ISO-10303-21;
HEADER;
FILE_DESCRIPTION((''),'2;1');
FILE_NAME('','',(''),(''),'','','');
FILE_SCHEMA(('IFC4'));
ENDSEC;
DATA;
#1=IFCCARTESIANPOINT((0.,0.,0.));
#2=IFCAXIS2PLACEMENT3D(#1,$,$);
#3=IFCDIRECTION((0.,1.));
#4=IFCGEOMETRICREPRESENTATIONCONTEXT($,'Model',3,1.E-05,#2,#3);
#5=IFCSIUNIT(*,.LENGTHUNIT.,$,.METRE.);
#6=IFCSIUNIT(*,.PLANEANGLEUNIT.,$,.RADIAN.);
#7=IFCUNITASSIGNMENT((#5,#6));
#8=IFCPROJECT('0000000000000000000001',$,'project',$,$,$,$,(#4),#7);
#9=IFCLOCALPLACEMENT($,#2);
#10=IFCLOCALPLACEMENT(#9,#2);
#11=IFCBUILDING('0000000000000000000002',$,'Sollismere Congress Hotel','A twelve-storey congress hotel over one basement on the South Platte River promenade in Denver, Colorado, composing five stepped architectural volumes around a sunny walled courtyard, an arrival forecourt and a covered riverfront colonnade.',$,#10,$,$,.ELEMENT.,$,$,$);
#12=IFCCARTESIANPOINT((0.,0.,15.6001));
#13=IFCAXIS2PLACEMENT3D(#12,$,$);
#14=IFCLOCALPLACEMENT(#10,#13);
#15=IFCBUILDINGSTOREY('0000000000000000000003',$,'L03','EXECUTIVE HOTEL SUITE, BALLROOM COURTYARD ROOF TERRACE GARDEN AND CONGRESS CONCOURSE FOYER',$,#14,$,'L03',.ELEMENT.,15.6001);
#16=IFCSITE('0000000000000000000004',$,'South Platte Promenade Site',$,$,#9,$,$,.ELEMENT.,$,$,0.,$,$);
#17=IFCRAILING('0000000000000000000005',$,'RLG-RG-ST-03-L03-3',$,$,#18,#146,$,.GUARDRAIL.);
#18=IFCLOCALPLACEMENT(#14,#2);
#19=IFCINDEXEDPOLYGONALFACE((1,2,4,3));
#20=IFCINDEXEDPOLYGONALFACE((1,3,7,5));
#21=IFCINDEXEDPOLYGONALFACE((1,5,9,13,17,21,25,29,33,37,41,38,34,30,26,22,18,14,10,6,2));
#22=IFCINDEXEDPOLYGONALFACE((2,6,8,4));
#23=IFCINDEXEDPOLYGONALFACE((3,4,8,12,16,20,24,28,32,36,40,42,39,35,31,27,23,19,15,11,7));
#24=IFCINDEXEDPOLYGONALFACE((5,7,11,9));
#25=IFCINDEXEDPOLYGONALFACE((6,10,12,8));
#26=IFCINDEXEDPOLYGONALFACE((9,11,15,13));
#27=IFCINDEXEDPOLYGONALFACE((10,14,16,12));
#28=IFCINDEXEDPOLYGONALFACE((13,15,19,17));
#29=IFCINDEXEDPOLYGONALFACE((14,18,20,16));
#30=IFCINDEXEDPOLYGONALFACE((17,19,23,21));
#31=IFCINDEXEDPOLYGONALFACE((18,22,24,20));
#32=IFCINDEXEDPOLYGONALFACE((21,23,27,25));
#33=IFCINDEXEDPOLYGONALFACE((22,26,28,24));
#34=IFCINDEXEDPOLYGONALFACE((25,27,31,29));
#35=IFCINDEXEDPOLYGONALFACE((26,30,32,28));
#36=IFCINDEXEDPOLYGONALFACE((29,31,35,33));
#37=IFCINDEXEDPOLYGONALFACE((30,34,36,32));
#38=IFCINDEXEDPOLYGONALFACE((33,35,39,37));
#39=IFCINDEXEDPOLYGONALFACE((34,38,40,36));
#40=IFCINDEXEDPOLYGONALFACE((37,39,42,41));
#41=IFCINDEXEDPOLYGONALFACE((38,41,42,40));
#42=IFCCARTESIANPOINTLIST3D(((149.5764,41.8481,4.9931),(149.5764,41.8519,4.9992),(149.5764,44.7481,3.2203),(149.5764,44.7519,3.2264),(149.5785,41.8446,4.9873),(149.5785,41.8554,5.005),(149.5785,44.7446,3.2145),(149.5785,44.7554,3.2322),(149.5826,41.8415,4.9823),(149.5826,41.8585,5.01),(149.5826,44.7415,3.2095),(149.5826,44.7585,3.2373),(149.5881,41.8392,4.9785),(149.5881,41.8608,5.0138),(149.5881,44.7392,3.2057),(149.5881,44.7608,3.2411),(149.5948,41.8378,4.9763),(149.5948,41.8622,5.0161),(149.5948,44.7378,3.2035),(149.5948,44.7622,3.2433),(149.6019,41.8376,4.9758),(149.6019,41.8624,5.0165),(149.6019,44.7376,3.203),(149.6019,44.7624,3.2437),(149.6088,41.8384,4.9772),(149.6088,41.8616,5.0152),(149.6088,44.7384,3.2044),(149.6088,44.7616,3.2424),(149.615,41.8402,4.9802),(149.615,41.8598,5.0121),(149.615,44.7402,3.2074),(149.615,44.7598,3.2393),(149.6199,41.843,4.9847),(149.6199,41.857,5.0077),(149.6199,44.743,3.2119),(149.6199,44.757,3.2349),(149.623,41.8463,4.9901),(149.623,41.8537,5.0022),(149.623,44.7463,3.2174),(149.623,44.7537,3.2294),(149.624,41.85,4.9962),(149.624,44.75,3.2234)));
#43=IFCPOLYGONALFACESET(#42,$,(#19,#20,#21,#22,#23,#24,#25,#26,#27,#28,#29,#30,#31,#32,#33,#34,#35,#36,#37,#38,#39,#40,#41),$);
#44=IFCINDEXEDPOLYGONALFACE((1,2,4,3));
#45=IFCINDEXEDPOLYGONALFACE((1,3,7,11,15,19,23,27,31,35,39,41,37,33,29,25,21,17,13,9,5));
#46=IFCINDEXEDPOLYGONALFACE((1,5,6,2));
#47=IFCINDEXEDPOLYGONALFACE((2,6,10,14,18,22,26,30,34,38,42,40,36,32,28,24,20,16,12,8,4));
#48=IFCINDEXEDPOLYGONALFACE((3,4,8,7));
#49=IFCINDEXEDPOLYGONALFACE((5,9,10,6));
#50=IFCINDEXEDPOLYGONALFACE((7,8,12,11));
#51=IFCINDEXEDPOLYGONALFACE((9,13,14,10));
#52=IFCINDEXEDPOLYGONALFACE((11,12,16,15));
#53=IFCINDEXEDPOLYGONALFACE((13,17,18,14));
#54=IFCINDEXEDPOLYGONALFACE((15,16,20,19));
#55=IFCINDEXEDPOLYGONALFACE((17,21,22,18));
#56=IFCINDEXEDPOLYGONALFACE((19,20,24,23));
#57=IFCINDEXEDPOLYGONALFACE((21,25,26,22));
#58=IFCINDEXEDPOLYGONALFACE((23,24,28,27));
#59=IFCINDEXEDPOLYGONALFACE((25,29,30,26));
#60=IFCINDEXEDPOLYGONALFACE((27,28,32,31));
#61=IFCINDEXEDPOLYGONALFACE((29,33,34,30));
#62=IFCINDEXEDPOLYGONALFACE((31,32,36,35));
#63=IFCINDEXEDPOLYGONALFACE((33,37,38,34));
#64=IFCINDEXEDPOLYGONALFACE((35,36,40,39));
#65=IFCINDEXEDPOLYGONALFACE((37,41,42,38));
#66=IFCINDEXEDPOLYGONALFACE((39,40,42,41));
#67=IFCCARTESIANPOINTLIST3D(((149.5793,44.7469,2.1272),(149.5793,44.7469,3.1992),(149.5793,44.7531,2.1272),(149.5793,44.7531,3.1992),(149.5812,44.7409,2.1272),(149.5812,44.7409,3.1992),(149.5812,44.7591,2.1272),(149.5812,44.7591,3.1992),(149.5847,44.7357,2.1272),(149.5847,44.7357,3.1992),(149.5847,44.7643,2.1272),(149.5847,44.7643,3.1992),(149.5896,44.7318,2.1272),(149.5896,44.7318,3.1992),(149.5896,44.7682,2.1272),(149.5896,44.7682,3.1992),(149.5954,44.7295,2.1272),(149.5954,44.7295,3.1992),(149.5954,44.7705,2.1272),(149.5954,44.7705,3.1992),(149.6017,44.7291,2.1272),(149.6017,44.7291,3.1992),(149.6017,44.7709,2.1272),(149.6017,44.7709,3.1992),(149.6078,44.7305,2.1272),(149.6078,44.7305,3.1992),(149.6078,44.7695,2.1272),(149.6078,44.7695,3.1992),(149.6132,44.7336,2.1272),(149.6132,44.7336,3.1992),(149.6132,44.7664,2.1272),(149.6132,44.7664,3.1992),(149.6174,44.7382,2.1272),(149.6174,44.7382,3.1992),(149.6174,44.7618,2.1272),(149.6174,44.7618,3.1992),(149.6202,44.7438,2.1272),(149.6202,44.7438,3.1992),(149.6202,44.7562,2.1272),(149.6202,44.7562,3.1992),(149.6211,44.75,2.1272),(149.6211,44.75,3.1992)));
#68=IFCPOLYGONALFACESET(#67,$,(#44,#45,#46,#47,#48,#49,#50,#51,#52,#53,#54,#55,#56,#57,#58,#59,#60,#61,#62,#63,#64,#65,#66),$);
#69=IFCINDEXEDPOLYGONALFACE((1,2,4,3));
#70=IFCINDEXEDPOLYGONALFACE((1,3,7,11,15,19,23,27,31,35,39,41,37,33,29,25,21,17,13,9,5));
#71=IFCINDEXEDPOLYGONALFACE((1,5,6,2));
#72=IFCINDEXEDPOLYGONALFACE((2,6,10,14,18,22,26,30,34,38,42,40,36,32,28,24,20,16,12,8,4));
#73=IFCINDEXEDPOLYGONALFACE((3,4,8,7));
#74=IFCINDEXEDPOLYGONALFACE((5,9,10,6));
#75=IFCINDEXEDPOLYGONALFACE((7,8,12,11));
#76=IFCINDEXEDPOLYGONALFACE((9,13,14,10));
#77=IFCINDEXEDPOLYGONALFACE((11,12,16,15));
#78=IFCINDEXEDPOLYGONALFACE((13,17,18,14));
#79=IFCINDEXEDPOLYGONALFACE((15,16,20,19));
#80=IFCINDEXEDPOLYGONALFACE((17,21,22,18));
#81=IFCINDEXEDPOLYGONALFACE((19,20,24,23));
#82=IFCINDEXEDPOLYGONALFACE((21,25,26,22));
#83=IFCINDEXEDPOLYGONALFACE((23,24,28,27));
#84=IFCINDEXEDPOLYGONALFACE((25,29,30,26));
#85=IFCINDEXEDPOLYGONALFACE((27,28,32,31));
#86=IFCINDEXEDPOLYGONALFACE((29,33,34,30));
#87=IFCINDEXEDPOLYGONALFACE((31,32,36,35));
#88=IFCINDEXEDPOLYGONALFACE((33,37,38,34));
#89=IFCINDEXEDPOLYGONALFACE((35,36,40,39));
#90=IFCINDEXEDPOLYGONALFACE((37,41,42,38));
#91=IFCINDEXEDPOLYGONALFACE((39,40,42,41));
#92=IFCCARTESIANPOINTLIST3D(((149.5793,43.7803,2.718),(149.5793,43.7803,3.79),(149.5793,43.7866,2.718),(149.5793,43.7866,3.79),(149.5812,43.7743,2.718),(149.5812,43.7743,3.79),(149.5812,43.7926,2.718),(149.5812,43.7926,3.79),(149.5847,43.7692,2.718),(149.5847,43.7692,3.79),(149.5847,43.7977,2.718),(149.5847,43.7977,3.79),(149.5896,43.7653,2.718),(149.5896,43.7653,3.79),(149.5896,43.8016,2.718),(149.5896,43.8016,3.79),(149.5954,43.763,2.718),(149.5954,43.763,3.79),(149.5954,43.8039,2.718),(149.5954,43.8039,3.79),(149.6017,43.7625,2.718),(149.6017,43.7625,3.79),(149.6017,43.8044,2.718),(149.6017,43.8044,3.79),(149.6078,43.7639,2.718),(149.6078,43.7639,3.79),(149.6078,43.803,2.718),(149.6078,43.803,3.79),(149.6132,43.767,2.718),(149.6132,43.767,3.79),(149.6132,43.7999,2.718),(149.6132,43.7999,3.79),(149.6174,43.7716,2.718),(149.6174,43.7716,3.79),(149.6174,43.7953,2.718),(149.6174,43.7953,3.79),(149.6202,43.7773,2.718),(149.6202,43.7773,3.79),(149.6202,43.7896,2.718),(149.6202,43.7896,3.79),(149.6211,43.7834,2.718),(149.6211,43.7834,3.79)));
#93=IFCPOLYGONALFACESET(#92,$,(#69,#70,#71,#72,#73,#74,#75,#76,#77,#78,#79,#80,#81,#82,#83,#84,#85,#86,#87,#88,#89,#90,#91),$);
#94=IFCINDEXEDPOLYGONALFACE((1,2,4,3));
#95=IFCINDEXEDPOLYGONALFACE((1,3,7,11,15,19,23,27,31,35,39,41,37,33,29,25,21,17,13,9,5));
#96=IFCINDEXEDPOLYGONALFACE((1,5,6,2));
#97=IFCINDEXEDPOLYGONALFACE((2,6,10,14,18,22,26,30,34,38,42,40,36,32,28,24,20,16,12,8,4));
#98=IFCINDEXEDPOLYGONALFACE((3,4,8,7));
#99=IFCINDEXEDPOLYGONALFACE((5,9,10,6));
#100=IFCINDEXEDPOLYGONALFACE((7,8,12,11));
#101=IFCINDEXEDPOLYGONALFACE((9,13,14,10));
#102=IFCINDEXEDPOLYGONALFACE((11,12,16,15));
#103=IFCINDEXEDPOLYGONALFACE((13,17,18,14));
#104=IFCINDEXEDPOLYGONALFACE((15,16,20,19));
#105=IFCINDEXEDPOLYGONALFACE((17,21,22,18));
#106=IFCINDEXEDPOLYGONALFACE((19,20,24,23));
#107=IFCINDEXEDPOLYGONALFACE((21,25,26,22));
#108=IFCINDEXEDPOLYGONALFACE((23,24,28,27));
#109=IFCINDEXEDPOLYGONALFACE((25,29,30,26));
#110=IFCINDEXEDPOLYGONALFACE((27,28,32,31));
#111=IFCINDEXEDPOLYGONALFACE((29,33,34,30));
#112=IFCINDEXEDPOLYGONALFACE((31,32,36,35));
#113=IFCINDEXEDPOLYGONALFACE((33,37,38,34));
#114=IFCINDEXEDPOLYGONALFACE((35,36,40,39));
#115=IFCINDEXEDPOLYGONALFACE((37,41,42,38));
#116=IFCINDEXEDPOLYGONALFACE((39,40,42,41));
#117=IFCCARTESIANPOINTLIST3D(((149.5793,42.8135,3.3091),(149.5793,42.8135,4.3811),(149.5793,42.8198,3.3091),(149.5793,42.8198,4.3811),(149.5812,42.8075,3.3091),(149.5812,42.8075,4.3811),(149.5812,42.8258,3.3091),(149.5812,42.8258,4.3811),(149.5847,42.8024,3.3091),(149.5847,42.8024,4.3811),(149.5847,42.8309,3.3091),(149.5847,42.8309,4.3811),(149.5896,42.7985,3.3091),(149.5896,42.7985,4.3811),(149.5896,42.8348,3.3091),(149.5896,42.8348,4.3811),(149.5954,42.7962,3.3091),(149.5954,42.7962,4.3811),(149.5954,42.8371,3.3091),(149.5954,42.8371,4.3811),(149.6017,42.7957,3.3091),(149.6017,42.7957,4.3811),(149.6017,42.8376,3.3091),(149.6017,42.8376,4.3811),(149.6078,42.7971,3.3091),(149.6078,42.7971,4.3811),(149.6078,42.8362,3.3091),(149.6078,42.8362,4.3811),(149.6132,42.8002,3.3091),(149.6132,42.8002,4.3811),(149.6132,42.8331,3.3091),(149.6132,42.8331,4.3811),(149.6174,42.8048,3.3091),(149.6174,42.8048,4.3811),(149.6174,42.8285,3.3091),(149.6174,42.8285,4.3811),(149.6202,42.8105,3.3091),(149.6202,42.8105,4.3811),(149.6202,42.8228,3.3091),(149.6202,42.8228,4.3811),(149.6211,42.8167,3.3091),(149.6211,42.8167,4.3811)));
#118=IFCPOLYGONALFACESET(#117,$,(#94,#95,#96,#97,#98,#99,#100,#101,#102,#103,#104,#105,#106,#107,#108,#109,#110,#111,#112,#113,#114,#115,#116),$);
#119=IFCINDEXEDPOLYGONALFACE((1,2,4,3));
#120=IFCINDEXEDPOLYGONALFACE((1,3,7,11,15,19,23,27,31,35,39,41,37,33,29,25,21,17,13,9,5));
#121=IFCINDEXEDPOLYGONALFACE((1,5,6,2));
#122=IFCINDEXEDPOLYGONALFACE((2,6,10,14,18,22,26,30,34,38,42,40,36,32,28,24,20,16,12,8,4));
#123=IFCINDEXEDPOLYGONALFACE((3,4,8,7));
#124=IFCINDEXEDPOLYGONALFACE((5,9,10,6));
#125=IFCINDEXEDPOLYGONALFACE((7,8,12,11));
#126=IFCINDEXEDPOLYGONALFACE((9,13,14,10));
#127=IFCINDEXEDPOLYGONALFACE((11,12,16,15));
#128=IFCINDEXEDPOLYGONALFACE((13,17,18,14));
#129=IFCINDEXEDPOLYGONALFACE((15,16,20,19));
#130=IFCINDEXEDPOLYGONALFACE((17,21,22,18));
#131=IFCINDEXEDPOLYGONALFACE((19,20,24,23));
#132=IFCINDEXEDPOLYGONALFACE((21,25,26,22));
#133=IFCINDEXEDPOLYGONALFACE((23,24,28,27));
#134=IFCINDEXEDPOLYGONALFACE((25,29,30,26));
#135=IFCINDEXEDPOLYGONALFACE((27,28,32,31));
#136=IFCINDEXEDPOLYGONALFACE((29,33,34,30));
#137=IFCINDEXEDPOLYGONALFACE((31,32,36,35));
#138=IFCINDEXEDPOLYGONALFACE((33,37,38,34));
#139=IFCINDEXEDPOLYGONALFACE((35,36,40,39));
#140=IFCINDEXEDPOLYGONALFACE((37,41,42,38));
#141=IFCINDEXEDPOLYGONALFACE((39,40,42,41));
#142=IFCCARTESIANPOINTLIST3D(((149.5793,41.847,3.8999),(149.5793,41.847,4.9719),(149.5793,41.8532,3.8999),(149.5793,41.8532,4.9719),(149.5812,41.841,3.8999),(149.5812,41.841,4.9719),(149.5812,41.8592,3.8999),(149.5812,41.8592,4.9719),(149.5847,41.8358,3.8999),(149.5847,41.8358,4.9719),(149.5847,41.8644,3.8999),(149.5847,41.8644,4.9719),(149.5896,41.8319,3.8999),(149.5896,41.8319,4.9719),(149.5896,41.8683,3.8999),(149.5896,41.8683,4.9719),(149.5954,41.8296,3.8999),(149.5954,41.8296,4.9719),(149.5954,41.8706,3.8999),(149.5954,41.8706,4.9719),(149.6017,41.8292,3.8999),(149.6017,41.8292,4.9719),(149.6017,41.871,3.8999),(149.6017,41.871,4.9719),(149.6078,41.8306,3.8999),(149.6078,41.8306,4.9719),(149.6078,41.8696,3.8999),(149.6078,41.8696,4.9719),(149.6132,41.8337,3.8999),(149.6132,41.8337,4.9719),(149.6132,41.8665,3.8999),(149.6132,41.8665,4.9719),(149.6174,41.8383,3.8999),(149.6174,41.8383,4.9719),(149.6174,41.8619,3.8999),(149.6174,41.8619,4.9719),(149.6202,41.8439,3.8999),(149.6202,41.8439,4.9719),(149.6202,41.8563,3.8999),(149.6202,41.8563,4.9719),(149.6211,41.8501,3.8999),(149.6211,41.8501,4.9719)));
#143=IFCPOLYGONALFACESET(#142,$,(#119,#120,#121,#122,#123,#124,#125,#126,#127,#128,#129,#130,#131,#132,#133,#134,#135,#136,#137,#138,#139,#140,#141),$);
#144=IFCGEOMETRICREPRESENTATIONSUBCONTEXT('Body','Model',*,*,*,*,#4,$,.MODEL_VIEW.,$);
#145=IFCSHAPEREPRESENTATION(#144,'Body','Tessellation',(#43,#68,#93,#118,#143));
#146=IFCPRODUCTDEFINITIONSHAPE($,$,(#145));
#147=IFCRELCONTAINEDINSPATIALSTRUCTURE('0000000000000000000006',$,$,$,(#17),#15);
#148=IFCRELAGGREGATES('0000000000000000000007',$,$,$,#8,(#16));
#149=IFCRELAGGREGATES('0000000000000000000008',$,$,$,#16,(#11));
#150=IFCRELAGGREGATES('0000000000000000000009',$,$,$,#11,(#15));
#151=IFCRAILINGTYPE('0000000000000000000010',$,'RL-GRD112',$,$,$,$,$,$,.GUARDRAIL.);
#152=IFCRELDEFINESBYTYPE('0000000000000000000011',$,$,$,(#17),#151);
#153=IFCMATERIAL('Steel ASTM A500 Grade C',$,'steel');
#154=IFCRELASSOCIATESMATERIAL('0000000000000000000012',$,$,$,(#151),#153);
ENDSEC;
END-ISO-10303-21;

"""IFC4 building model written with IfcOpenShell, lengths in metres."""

from ifc_helpers import new_model, si_unit, direction, frame, origin, origin_2d, place, context, subcontext, project, spatial, circle, extrude, material, type_object, element, save


model = new_model("IFC4")

# Units and contexts
model_context = context("Model", 3, precision=1e-05, world=origin(), true_north=direction((0.0, 1.0)))
body_context = subcontext(model_context, "Body", "Model", "MODEL_VIEW")
ifc_project = project(units=[si_unit("LENGTHUNIT", "METRE"), si_unit("PLANEANGLEUNIT", "RADIAN")], contexts=[model_context])

# Site, building, storey
site_placement = place(None, origin())
site = spatial("IfcSite", under=ifc_project, at=site_placement, Name="South Platte Promenade Site", CompositionType="ELEMENT", RefElevation=0.0)
building_placement = place(site_placement, origin())
building = spatial("IfcBuilding", under=site, at=building_placement, Name="Sollismere Congress Hotel", Description="A twelve-storey congress hotel over one basement on the South Platte River promenade in Denver, Colorado, composing five stepped architectural volumes around a sunny walled courtyard, an arrival forecourt and a covered riverfront colonnade.", CompositionType="ELEMENT")
storey_placement = place(building_placement, frame((0.0, 0.0, 15.6001)))
storey = spatial("IfcBuildingStorey", under=building, at=storey_placement, Name="L03", Description="EXECUTIVE HOTEL SUITE, BALLROOM COURTYARD ROOF TERRACE GARDEN AND CONGRESS CONCOURSE FOYER", LongName="L03", CompositionType="ELEMENT", Elevation=15.6001)

# Railing
ifc_material_1 = material(Name="Steel ASTM A500 Grade C", Category="steel")
railing_type_1 = type_object("IfcRailingType", Name="RL-GRD112", PredefinedType="GUARDRAIL", material=ifc_material_1)
railing_1_placement = place(storey_placement, frame((149.6001, 44.75, 2.1272)))
element("IfcRailing", 1, at=railing_1_placement, inside=storey, type_object=railing_type_1, Name="RLG-RG-ST-03-L03-3", PredefinedType="GUARDRAIL", context=body_context, shape_type="SweptSolid", body=[
    extrude(circle(Radius=0.0239, at=origin_2d()), frame((0.0, 0.0, 1.0962), z_axis=(0.0, -0.853211, 0.521566), x_axis=(1.0, 0.0, 0.0)), (0.0, 0.0, 1.0), 3.3989),
    extrude(circle(Radius=0.021, at=origin_2d()), origin(), (0.0, 0.0, 1.0), 1.072),
    extrude(circle(Radius=0.021, at=origin_2d()), frame((0.0, -0.9666, 0.5908)), (0.0, 0.0, 1.0), 1.072),
    extrude(circle(Radius=0.021, at=origin_2d()), frame((0.0, -1.9333, 1.1819)), (0.0, 0.0, 1.0), 1.072),
    extrude(circle(Radius=0.021, at=origin_2d()), frame((0.0, -2.8999, 1.7727)), (0.0, 0.0, 1.0), 1.072),
])

save(model, "model.ifc")
